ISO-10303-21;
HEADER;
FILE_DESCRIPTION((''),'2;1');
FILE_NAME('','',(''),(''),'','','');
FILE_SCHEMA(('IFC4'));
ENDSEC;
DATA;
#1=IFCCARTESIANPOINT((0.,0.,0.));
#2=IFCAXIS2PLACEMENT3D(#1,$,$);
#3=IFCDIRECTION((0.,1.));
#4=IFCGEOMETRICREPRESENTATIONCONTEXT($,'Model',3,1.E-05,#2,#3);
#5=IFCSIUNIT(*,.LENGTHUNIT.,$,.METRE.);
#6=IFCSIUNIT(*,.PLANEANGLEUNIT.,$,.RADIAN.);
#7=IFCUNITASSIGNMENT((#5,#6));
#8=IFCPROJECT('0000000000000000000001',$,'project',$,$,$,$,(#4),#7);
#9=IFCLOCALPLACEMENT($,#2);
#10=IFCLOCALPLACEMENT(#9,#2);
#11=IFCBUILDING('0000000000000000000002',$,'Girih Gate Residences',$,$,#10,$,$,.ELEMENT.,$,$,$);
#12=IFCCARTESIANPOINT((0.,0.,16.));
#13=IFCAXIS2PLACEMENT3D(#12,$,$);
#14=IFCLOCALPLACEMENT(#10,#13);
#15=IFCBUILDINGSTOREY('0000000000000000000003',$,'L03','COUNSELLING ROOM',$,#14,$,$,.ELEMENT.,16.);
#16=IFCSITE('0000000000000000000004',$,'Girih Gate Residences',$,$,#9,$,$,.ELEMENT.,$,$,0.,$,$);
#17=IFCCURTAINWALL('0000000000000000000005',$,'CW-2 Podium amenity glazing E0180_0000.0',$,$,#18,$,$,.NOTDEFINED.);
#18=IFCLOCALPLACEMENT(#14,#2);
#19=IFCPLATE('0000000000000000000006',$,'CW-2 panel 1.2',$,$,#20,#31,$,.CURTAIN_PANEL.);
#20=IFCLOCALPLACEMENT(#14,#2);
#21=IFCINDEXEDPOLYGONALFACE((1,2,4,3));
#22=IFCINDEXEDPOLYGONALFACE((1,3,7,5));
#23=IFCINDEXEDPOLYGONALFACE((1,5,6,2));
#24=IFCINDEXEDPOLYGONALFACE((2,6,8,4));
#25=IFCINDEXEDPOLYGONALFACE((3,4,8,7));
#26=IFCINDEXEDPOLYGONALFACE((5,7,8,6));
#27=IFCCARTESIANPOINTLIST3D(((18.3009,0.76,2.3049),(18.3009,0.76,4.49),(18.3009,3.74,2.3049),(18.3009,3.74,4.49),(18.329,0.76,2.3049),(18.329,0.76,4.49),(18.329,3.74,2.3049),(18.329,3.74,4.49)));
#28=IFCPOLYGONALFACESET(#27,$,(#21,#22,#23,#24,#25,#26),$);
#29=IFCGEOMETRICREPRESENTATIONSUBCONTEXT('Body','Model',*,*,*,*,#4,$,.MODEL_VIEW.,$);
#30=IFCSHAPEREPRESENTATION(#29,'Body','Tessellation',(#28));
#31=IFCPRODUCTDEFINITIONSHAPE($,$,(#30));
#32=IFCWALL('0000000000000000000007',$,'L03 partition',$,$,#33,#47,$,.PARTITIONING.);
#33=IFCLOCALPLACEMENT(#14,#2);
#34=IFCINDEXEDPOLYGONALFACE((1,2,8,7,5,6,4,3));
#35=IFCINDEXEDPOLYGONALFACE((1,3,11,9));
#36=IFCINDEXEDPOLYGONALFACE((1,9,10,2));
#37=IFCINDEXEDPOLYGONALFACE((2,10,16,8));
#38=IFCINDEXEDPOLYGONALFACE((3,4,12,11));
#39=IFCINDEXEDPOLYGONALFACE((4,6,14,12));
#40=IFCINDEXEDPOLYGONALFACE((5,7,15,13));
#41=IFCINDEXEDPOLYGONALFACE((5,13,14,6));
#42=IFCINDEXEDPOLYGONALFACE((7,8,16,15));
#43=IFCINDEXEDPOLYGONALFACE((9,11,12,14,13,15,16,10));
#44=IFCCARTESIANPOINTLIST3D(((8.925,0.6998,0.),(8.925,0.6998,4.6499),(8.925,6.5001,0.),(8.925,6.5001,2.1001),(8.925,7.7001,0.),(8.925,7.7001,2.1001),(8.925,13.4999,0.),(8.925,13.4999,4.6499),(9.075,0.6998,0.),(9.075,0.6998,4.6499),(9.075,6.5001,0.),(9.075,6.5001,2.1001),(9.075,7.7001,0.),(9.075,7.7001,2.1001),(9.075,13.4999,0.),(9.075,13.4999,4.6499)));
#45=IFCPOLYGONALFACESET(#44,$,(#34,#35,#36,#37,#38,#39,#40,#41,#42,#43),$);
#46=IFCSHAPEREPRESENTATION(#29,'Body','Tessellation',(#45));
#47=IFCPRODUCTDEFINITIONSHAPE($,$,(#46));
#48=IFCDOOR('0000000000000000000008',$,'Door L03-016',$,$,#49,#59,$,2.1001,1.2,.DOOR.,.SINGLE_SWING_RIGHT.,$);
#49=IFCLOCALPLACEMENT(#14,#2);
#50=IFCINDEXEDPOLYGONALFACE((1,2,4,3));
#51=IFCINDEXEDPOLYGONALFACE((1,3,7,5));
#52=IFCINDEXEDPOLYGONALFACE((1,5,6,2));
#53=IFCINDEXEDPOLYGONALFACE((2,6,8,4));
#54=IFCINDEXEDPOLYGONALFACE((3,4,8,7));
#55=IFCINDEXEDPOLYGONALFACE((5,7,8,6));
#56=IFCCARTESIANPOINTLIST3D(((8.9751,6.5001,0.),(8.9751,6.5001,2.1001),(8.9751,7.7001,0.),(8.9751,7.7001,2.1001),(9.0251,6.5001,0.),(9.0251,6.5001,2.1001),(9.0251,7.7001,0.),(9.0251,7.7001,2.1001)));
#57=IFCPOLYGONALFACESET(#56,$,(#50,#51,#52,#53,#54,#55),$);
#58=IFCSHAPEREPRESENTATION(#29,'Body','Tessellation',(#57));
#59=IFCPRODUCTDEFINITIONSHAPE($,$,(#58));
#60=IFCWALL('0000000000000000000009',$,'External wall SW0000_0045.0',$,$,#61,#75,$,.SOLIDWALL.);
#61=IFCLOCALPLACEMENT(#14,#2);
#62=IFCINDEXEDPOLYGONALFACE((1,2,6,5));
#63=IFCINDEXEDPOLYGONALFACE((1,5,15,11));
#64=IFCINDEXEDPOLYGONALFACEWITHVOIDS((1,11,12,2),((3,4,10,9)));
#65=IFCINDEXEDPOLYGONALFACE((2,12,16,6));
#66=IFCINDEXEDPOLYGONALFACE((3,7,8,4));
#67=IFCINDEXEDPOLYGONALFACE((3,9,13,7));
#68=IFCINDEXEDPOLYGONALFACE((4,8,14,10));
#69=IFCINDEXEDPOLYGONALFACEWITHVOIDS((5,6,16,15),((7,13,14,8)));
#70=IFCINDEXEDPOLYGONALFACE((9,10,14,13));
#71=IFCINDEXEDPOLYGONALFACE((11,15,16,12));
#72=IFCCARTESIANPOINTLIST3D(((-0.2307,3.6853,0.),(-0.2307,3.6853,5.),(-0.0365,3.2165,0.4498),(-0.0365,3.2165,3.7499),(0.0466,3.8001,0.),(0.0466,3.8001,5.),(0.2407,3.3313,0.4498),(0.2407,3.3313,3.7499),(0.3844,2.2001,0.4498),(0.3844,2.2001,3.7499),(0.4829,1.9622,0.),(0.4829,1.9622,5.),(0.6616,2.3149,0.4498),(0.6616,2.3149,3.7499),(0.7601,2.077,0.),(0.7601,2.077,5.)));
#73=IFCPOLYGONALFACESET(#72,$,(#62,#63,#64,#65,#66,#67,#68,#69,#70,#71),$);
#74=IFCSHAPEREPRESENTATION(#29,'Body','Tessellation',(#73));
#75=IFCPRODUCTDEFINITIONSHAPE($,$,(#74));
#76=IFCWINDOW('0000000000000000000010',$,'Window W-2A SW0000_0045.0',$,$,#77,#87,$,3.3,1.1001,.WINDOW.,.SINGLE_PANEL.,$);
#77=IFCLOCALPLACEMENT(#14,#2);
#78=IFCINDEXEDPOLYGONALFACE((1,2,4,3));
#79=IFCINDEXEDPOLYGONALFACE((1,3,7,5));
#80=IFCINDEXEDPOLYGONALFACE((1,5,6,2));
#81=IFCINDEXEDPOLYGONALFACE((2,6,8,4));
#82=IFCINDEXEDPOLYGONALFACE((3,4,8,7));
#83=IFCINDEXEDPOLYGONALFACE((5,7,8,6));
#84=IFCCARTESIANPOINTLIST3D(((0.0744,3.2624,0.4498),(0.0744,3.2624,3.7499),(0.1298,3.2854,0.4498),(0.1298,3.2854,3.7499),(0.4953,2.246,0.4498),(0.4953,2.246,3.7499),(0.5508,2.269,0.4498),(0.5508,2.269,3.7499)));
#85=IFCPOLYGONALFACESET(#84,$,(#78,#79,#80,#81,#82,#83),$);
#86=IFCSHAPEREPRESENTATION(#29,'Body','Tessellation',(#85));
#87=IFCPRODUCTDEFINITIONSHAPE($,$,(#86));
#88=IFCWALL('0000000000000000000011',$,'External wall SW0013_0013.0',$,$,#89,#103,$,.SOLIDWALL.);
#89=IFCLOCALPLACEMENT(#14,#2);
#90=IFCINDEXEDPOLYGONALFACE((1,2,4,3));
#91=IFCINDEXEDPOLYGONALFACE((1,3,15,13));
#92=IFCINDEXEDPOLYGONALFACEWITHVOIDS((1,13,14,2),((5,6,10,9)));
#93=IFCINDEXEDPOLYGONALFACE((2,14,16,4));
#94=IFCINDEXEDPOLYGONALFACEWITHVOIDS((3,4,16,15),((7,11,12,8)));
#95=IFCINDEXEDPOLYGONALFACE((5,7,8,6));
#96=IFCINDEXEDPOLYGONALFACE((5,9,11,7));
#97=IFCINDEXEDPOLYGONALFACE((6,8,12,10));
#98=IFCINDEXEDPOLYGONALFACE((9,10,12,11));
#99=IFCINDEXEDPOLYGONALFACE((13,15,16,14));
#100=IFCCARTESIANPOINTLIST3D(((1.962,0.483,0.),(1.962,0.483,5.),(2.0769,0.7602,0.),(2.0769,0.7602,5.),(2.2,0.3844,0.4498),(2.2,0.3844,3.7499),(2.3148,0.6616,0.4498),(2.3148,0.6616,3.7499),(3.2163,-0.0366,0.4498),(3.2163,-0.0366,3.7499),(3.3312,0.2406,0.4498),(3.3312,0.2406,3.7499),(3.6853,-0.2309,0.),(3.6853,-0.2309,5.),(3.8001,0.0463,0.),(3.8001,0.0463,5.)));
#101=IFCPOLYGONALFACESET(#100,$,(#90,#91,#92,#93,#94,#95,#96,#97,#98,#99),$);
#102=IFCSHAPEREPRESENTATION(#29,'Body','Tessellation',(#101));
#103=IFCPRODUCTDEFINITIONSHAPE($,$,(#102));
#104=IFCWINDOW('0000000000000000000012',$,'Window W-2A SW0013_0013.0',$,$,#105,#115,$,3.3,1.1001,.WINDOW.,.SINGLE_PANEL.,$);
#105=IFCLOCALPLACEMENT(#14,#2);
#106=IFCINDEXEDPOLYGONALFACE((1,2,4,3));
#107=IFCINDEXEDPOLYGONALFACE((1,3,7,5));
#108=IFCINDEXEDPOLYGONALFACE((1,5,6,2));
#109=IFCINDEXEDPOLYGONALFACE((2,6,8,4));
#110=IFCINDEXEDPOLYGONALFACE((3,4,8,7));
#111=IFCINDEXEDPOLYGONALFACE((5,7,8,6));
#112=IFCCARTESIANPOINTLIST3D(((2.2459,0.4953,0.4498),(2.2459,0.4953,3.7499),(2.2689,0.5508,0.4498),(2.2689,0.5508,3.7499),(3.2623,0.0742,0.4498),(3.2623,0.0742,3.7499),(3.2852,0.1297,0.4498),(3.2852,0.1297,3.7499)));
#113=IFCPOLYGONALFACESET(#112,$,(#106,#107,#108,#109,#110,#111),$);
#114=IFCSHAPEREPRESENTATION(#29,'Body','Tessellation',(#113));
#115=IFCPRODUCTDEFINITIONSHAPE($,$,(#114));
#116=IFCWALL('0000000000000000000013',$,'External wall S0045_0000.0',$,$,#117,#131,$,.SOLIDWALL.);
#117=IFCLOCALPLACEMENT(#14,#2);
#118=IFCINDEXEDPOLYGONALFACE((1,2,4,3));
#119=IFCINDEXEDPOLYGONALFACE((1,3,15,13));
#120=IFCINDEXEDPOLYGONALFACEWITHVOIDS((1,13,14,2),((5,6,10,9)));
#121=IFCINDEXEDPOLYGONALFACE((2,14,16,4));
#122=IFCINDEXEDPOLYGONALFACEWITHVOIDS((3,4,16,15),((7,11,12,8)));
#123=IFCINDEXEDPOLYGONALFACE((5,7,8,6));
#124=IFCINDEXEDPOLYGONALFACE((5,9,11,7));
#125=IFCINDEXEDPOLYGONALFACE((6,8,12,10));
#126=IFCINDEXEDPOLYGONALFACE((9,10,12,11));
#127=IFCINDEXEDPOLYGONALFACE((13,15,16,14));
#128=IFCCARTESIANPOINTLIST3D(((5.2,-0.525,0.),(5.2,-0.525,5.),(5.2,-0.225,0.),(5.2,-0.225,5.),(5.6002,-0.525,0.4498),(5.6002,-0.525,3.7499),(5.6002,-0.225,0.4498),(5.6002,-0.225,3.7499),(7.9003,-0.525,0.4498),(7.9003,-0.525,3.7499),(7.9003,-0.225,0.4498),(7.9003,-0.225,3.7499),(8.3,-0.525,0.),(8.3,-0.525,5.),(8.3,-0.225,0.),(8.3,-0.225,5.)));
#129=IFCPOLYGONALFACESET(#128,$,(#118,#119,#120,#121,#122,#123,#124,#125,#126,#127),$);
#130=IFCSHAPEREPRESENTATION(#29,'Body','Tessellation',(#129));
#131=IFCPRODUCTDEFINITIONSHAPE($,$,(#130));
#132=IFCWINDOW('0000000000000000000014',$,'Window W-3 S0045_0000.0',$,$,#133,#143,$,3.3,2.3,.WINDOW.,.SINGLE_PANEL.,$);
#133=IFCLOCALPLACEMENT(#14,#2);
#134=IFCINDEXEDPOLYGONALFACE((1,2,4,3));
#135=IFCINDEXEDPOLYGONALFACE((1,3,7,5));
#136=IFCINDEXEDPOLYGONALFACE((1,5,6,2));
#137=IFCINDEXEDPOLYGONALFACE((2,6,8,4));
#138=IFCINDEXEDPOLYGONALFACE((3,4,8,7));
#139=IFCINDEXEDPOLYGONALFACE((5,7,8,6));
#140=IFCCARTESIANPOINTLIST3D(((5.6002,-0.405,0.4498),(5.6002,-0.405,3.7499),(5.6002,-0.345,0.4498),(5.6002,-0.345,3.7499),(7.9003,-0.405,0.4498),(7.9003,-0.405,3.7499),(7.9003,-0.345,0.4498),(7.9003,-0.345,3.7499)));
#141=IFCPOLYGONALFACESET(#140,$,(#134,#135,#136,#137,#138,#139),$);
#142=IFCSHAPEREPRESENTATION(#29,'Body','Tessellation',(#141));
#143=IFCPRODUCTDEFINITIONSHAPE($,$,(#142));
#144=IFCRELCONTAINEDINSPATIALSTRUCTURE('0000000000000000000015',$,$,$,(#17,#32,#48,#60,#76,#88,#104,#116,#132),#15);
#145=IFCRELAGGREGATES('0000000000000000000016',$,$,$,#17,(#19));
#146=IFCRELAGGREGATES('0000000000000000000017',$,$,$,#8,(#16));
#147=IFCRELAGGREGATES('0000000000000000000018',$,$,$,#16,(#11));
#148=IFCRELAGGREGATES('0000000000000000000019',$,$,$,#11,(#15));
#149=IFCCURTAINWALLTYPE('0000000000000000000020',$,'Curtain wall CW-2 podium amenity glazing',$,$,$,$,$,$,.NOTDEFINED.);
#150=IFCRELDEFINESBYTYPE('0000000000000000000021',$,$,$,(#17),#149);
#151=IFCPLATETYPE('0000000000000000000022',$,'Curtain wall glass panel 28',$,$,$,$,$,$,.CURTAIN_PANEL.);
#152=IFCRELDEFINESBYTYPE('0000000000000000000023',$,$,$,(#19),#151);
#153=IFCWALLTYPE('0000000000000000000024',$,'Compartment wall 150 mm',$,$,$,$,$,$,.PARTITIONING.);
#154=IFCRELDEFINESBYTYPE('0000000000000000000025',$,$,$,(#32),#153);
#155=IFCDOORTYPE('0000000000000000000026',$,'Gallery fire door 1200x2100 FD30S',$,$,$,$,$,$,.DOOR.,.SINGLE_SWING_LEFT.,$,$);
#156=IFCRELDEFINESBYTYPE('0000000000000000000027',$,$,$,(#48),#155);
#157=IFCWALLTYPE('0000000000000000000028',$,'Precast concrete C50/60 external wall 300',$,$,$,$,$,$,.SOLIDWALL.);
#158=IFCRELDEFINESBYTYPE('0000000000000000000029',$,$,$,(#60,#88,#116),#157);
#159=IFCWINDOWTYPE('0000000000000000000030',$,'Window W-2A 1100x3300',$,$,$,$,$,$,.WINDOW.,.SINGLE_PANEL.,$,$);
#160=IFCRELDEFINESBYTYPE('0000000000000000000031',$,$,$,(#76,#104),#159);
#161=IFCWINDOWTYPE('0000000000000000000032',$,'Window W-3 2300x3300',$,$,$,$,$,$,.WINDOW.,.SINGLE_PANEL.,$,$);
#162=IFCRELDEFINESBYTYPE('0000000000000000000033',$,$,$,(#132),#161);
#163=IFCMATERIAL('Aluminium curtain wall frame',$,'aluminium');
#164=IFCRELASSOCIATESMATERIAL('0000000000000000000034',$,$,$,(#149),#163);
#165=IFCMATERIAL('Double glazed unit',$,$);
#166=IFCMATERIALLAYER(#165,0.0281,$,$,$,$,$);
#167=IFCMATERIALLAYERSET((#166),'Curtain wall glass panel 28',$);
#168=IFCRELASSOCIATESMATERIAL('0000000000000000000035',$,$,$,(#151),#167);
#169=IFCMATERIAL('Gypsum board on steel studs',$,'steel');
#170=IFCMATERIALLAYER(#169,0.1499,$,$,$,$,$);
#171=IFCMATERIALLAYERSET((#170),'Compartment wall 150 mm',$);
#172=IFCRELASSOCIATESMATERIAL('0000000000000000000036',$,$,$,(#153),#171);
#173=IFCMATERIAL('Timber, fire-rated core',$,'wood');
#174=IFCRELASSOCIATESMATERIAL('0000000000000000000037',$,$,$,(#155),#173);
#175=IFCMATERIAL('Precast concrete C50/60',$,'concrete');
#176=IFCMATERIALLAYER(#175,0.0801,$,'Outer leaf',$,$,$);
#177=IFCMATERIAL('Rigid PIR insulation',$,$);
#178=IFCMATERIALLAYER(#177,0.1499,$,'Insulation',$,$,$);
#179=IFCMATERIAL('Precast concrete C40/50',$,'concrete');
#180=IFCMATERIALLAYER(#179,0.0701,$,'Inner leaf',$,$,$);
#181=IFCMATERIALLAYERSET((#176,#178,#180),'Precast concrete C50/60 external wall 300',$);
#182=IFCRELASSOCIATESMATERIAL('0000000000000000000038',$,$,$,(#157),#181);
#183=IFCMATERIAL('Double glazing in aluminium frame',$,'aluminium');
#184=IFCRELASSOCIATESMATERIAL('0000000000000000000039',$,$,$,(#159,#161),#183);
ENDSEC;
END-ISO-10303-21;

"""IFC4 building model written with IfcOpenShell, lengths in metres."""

from ifc_helpers import new_model, si_unit, direction, frame, frame_2d, origin, origin_2d, place, context, subcontext, project, spatial, rectangle, extrude, material, layer, layer_set, type_object, element, fill, aggregate, save


model = new_model("IFC4")

# Units and contexts
model_context = context("Model", 3, precision=1e-05, world=origin(), true_north=direction((0.0, 1.0)))
body_context = subcontext(model_context, "Body", "Model", "MODEL_VIEW")
ifc_project = project(units=[si_unit("LENGTHUNIT", "METRE"), si_unit("PLANEANGLEUNIT", "RADIAN")], contexts=[model_context])

# Site, building, storey
site_placement = place(None, origin())
site = spatial("IfcSite", under=ifc_project, at=site_placement, Name="Girih Gate Residences", CompositionType="ELEMENT", RefElevation=0.0)
building_placement = place(site_placement, origin())
building = spatial("IfcBuilding", under=site, at=building_placement, Name="Girih Gate Residences", CompositionType="ELEMENT")
storey_placement = place(building_placement, frame((0.0, 0.0, 16.0)))
storey = spatial("IfcBuildingStorey", under=building, at=storey_placement, Name="L03", Description="COUNSELLING ROOM", CompositionType="ELEMENT", Elevation=16.0)

# Curtain wall
ifc_material_1 = material(Name="Aluminium curtain wall frame", Category="aluminium")
curtain_wall_type = type_object("IfcCurtainWallType", Name="Curtain wall CW-2 podium amenity glazing", PredefinedType="NOTDEFINED", material=ifc_material_1)
curtain_wall_placement = place(storey_placement, origin())
curtain_wall = element("IfcCurtainWall", 1, at=curtain_wall_placement, inside=storey, type_object=curtain_wall_type, Name="CW-2 Podium amenity glazing E0180_0000.0", PredefinedType="NOTDEFINED")

# Plate
ifc_material_2 = material(Name="Double glazed unit")
ifc_layer_1 = layer(ifc_material_2, 0.0281)
ifc_layer_set_1 = layer_set([ifc_layer_1], Name="Curtain wall glass panel 28")
plate_type = type_object("IfcPlateType", Name="Curtain wall glass panel 28", PredefinedType="CURTAIN_PANEL", material=ifc_layer_set_1)
plate_1_placement = place(storey_placement, frame((18.3149, 2.25, 2.3049), z_axis=(0.0, 0.0, 1.0), x_axis=(0.0, 1.0, 0.0)))
plate_1 = element("IfcPlate", 2, at=plate_1_placement, type_object=plate_type, Name="CW-2 panel 1.2", PredefinedType="CURTAIN_PANEL", context=body_context, shape_type="SweptSolid", body=[
    extrude(rectangle(XDim=2.98, YDim=0.0281, at=origin_2d()), origin(), (0.0, 0.0, 1.0), 2.1851),
])
aggregate(curtain_wall, [plate_1])

# Wall, opening, door
ifc_material_3 = material(Name="Gypsum board on steel studs", Category="steel")
ifc_layer_2 = layer(ifc_material_3, 0.1499)
ifc_layer_set_2 = layer_set([ifc_layer_2], Name="Compartment wall 150 mm")
wall_type_1 = type_object("IfcWallType", Name="Compartment wall 150 mm", PredefinedType="PARTITIONING", material=ifc_layer_set_2)
wall_1_placement = place(storey_placement, frame((9.0, 0.7, 0.0), z_axis=(0.0, 0.0, 1.0), x_axis=(0.0, 1.0, 0.0)))
wall_1 = element("IfcWall", 3, at=wall_1_placement, inside=storey, type_object=wall_type_1, Name="L03 partition", PredefinedType="PARTITIONING", context=body_context, shape_type="SweptSolid", body=[
    extrude(rectangle(XDim=12.8, YDim=0.1499, at=frame_2d((6.3999, 0.0))), origin(), (0.0, 0.0, 1.0), 4.6499),
])
opening_1_placement = place(wall_1_placement, frame((5.8, 0.0, 0.0)))
opening_1 = element("IfcOpeningElement", 4, at=opening_1_placement, cuts=wall_1, PredefinedType="OPENING", context=body_context, shape_type="SweptSolid", body=[
    extrude(rectangle(XDim=1.2, YDim=2.1001, at=frame_2d((0.6001, 1.05))), frame((0.0, 0.085, 0.0), z_axis=(0.0, -1.0, 0.0), x_axis=(1.0, 0.0, 0.0)), (0.0, 0.0, 1.0), 0.1699),
])
ifc_material_4 = material(Name="Timber, fire-rated core", Category="wood")
door_type = type_object("IfcDoorType", Name="Gallery fire door 1200x2100 FD30S", OperationType="SINGLE_SWING_LEFT", PredefinedType="DOOR", material=ifc_material_4)
door_placement = place(opening_1_placement, origin())
door = element("IfcDoor", 5, at=door_placement, inside=storey, type_object=door_type, Name="Door L03-016", OperationType="SINGLE_SWING_RIGHT", OverallHeight=2.1001, OverallWidth=1.2, PredefinedType="DOOR", context=body_context, shape_type="SweptSolid", body=[
    extrude(rectangle(XDim=1.2, YDim=2.1001, at=frame_2d((0.6001, 1.05))), frame((0.0, 0.0249, 0.0), z_axis=(0.0, -1.0, 0.0), x_axis=(1.0, 0.0, 0.0)), (0.0, 0.0, 1.0), 0.05),
])
fill(opening_1, door)

# Walls, openings, windows
ifc_material_5 = material(Name="Precast concrete C50/60", Category="concrete")
ifc_layer_3 = layer(ifc_material_5, 0.0801, Name="Outer leaf")
ifc_material_6 = material(Name="Rigid PIR insulation")
ifc_layer_4 = layer(ifc_material_6, 0.1499, Name="Insulation")
ifc_material_7 = material(Name="Precast concrete C40/50", Category="concrete")
ifc_layer_5 = layer(ifc_material_7, 0.0701, Name="Inner leaf")
ifc_layer_set_3 = layer_set([ifc_layer_3, ifc_layer_4, ifc_layer_5], Name="Precast concrete C50/60 external wall 300")
wall_type_2 = type_object("IfcWallType", Name="Precast concrete C50/60 external wall 300", PredefinedType="SOLIDWALL", material=ifc_layer_set_3)
wall_2_placement = place(storey_placement, frame((0.6216, 2.0195, 0.0), z_axis=(0.0, 0.0, 1.0), x_axis=(-0.382625, 0.923904, 0.0)))
wall_2 = element("IfcWall", 6, at=wall_2_placement, inside=storey, type_object=wall_type_2, Name="External wall SW0000_0045.0", PredefinedType="SOLIDWALL", context=body_context, shape_type="SweptSolid", body=[
    extrude(rectangle(XDim=1.865, YDim=0.3, at=frame_2d((0.9326, 0.0))), origin(), (0.0, 0.0, 1.0), 5.0),
])
opening_2_placement = place(wall_2_placement, frame((0.2576, 0.0, 0.45)))
opening_2 = element("IfcOpeningElement", 7, at=opening_2_placement, cuts=wall_2, PredefinedType="OPENING", context=body_context, shape_type="SweptSolid", body=[
    extrude(rectangle(XDim=1.1001, YDim=3.3, at=frame_2d((0.55, 1.6499))), frame((0.0, 0.1599, 0.0), z_axis=(0.0, -1.0, 0.0), x_axis=(1.0, 0.0, 0.0)), (0.0, 0.0, 1.0), 0.3201),
])
ifc_material_8 = material(Name="Double glazing in aluminium frame", Category="aluminium")
window_type_1 = type_object("IfcWindowType", Name="Window W-2A 1100x3300", PartitioningType="SINGLE_PANEL", PredefinedType="WINDOW", material=ifc_material_8)
window_1_placement = place(opening_2_placement, origin())
window_1 = element("IfcWindow", 8, at=window_1_placement, inside=storey, type_object=window_type_1, Name="Window W-2A SW0000_0045.0", OverallHeight=3.3, OverallWidth=1.1001, PartitioningType="SINGLE_PANEL", PredefinedType="WINDOW", context=body_context, shape_type="SweptSolid", body=[
    extrude(rectangle(XDim=1.1001, YDim=3.3, at=frame_2d((0.55, 1.6499))), frame((0.0, 0.03, 0.0), z_axis=(0.0, -1.0, 0.0), x_axis=(1.0, 0.0, 0.0)), (0.0, 0.0, 1.0), 0.0601),
])
fill(opening_2, window_1)
wall_3_placement = place(storey_placement, frame((3.7427, -0.0923, 0.0), z_axis=(0.0, 0.0, 1.0), x_axis=(-0.923857, 0.382737, 0.0)))
wall_3 = element("IfcWall", 9, at=wall_3_placement, inside=storey, type_object=wall_type_2, Name="External wall SW0013_0013.0", PredefinedType="SOLIDWALL", context=body_context, shape_type="SweptSolid", body=[
    extrude(rectangle(XDim=1.8652, YDim=0.3, at=frame_2d((0.9326, 0.0))), origin(), (0.0, 0.0, 1.0), 5.0),
])
opening_3_placement = place(wall_3_placement, frame((0.5076, 0.0, 0.45)))
opening_3 = element("IfcOpeningElement", 10, at=opening_3_placement, cuts=wall_3, PredefinedType="OPENING", context=body_context, shape_type="SweptSolid", body=[
    extrude(rectangle(XDim=1.1001, YDim=3.3, at=frame_2d((0.55, 1.6499))), frame((0.0, 0.1599, 0.0), z_axis=(0.0, -1.0, 0.0), x_axis=(1.0, 0.0, 0.0)), (0.0, 0.0, 1.0), 0.3201),
])
window_2_placement = place(opening_3_placement, origin())
window_2 = element("IfcWindow", 11, at=window_2_placement, inside=storey, type_object=window_type_1, Name="Window W-2A SW0013_0013.0", OverallHeight=3.3, OverallWidth=1.1001, PartitioningType="SINGLE_PANEL", PredefinedType="WINDOW", context=body_context, shape_type="SweptSolid", body=[
    extrude(rectangle(XDim=1.1001, YDim=3.3, at=frame_2d((0.55, 1.6499))), frame((0.0, 0.03, 0.0), z_axis=(0.0, -1.0, 0.0), x_axis=(1.0, 0.0, 0.0)), (0.0, 0.0, 1.0), 0.0601),
])
fill(opening_3, window_2)
wall_4_placement = place(storey_placement, frame((8.3, -0.375, 0.0), z_axis=(0.0, 0.0, 1.0), x_axis=(-1.0, 0.0, 0.0)))
wall_4 = element("IfcWall", 12, at=wall_4_placement, inside=storey, type_object=wall_type_2, Name="External wall S0045_0000.0", PredefinedType="SOLIDWALL", context=body_context, shape_type="SweptSolid", body=[
    extrude(rectangle(XDim=3.1001, YDim=0.3, at=frame_2d((1.55, 0.0))), origin(), (0.0, 0.0, 1.0), 5.0),
])
opening_4_placement = place(wall_4_placement, frame((0.3999, 0.0, 0.45)))
opening_4 = element("IfcOpeningElement", 13, at=opening_4_placement, cuts=wall_4, PredefinedType="OPENING", context=body_context, shape_type="SweptSolid", body=[
    extrude(rectangle(XDim=2.3, YDim=3.3, at=frame_2d((1.1499, 1.6499))), frame((0.0, 0.1599, 0.0), z_axis=(0.0, -1.0, 0.0), x_axis=(1.0, 0.0, 0.0)), (0.0, 0.0, 1.0), 0.3201),
])
window_type_2 = type_object("IfcWindowType", Name="Window W-3 2300x3300", PartitioningType="SINGLE_PANEL", PredefinedType="WINDOW", material=ifc_material_8)
window_3_placement = place(opening_4_placement, origin())
window_3 = element("IfcWindow", 14, at=window_3_placement, inside=storey, type_object=window_type_2, Name="Window W-3 S0045_0000.0", OverallHeight=3.3, OverallWidth=2.3, PartitioningType="SINGLE_PANEL", PredefinedType="WINDOW", context=body_context, shape_type="SweptSolid", body=[
    extrude(rectangle(XDim=2.3, YDim=3.3, at=frame_2d((1.1499, 1.6499))), frame((0.0, 0.03, 0.0), z_axis=(0.0, -1.0, 0.0), x_axis=(1.0, 0.0, 0.0)), (0.0, 0.0, 1.0), 0.0601),
])
fill(opening_4, window_3)

save(model, "model.ifc")
